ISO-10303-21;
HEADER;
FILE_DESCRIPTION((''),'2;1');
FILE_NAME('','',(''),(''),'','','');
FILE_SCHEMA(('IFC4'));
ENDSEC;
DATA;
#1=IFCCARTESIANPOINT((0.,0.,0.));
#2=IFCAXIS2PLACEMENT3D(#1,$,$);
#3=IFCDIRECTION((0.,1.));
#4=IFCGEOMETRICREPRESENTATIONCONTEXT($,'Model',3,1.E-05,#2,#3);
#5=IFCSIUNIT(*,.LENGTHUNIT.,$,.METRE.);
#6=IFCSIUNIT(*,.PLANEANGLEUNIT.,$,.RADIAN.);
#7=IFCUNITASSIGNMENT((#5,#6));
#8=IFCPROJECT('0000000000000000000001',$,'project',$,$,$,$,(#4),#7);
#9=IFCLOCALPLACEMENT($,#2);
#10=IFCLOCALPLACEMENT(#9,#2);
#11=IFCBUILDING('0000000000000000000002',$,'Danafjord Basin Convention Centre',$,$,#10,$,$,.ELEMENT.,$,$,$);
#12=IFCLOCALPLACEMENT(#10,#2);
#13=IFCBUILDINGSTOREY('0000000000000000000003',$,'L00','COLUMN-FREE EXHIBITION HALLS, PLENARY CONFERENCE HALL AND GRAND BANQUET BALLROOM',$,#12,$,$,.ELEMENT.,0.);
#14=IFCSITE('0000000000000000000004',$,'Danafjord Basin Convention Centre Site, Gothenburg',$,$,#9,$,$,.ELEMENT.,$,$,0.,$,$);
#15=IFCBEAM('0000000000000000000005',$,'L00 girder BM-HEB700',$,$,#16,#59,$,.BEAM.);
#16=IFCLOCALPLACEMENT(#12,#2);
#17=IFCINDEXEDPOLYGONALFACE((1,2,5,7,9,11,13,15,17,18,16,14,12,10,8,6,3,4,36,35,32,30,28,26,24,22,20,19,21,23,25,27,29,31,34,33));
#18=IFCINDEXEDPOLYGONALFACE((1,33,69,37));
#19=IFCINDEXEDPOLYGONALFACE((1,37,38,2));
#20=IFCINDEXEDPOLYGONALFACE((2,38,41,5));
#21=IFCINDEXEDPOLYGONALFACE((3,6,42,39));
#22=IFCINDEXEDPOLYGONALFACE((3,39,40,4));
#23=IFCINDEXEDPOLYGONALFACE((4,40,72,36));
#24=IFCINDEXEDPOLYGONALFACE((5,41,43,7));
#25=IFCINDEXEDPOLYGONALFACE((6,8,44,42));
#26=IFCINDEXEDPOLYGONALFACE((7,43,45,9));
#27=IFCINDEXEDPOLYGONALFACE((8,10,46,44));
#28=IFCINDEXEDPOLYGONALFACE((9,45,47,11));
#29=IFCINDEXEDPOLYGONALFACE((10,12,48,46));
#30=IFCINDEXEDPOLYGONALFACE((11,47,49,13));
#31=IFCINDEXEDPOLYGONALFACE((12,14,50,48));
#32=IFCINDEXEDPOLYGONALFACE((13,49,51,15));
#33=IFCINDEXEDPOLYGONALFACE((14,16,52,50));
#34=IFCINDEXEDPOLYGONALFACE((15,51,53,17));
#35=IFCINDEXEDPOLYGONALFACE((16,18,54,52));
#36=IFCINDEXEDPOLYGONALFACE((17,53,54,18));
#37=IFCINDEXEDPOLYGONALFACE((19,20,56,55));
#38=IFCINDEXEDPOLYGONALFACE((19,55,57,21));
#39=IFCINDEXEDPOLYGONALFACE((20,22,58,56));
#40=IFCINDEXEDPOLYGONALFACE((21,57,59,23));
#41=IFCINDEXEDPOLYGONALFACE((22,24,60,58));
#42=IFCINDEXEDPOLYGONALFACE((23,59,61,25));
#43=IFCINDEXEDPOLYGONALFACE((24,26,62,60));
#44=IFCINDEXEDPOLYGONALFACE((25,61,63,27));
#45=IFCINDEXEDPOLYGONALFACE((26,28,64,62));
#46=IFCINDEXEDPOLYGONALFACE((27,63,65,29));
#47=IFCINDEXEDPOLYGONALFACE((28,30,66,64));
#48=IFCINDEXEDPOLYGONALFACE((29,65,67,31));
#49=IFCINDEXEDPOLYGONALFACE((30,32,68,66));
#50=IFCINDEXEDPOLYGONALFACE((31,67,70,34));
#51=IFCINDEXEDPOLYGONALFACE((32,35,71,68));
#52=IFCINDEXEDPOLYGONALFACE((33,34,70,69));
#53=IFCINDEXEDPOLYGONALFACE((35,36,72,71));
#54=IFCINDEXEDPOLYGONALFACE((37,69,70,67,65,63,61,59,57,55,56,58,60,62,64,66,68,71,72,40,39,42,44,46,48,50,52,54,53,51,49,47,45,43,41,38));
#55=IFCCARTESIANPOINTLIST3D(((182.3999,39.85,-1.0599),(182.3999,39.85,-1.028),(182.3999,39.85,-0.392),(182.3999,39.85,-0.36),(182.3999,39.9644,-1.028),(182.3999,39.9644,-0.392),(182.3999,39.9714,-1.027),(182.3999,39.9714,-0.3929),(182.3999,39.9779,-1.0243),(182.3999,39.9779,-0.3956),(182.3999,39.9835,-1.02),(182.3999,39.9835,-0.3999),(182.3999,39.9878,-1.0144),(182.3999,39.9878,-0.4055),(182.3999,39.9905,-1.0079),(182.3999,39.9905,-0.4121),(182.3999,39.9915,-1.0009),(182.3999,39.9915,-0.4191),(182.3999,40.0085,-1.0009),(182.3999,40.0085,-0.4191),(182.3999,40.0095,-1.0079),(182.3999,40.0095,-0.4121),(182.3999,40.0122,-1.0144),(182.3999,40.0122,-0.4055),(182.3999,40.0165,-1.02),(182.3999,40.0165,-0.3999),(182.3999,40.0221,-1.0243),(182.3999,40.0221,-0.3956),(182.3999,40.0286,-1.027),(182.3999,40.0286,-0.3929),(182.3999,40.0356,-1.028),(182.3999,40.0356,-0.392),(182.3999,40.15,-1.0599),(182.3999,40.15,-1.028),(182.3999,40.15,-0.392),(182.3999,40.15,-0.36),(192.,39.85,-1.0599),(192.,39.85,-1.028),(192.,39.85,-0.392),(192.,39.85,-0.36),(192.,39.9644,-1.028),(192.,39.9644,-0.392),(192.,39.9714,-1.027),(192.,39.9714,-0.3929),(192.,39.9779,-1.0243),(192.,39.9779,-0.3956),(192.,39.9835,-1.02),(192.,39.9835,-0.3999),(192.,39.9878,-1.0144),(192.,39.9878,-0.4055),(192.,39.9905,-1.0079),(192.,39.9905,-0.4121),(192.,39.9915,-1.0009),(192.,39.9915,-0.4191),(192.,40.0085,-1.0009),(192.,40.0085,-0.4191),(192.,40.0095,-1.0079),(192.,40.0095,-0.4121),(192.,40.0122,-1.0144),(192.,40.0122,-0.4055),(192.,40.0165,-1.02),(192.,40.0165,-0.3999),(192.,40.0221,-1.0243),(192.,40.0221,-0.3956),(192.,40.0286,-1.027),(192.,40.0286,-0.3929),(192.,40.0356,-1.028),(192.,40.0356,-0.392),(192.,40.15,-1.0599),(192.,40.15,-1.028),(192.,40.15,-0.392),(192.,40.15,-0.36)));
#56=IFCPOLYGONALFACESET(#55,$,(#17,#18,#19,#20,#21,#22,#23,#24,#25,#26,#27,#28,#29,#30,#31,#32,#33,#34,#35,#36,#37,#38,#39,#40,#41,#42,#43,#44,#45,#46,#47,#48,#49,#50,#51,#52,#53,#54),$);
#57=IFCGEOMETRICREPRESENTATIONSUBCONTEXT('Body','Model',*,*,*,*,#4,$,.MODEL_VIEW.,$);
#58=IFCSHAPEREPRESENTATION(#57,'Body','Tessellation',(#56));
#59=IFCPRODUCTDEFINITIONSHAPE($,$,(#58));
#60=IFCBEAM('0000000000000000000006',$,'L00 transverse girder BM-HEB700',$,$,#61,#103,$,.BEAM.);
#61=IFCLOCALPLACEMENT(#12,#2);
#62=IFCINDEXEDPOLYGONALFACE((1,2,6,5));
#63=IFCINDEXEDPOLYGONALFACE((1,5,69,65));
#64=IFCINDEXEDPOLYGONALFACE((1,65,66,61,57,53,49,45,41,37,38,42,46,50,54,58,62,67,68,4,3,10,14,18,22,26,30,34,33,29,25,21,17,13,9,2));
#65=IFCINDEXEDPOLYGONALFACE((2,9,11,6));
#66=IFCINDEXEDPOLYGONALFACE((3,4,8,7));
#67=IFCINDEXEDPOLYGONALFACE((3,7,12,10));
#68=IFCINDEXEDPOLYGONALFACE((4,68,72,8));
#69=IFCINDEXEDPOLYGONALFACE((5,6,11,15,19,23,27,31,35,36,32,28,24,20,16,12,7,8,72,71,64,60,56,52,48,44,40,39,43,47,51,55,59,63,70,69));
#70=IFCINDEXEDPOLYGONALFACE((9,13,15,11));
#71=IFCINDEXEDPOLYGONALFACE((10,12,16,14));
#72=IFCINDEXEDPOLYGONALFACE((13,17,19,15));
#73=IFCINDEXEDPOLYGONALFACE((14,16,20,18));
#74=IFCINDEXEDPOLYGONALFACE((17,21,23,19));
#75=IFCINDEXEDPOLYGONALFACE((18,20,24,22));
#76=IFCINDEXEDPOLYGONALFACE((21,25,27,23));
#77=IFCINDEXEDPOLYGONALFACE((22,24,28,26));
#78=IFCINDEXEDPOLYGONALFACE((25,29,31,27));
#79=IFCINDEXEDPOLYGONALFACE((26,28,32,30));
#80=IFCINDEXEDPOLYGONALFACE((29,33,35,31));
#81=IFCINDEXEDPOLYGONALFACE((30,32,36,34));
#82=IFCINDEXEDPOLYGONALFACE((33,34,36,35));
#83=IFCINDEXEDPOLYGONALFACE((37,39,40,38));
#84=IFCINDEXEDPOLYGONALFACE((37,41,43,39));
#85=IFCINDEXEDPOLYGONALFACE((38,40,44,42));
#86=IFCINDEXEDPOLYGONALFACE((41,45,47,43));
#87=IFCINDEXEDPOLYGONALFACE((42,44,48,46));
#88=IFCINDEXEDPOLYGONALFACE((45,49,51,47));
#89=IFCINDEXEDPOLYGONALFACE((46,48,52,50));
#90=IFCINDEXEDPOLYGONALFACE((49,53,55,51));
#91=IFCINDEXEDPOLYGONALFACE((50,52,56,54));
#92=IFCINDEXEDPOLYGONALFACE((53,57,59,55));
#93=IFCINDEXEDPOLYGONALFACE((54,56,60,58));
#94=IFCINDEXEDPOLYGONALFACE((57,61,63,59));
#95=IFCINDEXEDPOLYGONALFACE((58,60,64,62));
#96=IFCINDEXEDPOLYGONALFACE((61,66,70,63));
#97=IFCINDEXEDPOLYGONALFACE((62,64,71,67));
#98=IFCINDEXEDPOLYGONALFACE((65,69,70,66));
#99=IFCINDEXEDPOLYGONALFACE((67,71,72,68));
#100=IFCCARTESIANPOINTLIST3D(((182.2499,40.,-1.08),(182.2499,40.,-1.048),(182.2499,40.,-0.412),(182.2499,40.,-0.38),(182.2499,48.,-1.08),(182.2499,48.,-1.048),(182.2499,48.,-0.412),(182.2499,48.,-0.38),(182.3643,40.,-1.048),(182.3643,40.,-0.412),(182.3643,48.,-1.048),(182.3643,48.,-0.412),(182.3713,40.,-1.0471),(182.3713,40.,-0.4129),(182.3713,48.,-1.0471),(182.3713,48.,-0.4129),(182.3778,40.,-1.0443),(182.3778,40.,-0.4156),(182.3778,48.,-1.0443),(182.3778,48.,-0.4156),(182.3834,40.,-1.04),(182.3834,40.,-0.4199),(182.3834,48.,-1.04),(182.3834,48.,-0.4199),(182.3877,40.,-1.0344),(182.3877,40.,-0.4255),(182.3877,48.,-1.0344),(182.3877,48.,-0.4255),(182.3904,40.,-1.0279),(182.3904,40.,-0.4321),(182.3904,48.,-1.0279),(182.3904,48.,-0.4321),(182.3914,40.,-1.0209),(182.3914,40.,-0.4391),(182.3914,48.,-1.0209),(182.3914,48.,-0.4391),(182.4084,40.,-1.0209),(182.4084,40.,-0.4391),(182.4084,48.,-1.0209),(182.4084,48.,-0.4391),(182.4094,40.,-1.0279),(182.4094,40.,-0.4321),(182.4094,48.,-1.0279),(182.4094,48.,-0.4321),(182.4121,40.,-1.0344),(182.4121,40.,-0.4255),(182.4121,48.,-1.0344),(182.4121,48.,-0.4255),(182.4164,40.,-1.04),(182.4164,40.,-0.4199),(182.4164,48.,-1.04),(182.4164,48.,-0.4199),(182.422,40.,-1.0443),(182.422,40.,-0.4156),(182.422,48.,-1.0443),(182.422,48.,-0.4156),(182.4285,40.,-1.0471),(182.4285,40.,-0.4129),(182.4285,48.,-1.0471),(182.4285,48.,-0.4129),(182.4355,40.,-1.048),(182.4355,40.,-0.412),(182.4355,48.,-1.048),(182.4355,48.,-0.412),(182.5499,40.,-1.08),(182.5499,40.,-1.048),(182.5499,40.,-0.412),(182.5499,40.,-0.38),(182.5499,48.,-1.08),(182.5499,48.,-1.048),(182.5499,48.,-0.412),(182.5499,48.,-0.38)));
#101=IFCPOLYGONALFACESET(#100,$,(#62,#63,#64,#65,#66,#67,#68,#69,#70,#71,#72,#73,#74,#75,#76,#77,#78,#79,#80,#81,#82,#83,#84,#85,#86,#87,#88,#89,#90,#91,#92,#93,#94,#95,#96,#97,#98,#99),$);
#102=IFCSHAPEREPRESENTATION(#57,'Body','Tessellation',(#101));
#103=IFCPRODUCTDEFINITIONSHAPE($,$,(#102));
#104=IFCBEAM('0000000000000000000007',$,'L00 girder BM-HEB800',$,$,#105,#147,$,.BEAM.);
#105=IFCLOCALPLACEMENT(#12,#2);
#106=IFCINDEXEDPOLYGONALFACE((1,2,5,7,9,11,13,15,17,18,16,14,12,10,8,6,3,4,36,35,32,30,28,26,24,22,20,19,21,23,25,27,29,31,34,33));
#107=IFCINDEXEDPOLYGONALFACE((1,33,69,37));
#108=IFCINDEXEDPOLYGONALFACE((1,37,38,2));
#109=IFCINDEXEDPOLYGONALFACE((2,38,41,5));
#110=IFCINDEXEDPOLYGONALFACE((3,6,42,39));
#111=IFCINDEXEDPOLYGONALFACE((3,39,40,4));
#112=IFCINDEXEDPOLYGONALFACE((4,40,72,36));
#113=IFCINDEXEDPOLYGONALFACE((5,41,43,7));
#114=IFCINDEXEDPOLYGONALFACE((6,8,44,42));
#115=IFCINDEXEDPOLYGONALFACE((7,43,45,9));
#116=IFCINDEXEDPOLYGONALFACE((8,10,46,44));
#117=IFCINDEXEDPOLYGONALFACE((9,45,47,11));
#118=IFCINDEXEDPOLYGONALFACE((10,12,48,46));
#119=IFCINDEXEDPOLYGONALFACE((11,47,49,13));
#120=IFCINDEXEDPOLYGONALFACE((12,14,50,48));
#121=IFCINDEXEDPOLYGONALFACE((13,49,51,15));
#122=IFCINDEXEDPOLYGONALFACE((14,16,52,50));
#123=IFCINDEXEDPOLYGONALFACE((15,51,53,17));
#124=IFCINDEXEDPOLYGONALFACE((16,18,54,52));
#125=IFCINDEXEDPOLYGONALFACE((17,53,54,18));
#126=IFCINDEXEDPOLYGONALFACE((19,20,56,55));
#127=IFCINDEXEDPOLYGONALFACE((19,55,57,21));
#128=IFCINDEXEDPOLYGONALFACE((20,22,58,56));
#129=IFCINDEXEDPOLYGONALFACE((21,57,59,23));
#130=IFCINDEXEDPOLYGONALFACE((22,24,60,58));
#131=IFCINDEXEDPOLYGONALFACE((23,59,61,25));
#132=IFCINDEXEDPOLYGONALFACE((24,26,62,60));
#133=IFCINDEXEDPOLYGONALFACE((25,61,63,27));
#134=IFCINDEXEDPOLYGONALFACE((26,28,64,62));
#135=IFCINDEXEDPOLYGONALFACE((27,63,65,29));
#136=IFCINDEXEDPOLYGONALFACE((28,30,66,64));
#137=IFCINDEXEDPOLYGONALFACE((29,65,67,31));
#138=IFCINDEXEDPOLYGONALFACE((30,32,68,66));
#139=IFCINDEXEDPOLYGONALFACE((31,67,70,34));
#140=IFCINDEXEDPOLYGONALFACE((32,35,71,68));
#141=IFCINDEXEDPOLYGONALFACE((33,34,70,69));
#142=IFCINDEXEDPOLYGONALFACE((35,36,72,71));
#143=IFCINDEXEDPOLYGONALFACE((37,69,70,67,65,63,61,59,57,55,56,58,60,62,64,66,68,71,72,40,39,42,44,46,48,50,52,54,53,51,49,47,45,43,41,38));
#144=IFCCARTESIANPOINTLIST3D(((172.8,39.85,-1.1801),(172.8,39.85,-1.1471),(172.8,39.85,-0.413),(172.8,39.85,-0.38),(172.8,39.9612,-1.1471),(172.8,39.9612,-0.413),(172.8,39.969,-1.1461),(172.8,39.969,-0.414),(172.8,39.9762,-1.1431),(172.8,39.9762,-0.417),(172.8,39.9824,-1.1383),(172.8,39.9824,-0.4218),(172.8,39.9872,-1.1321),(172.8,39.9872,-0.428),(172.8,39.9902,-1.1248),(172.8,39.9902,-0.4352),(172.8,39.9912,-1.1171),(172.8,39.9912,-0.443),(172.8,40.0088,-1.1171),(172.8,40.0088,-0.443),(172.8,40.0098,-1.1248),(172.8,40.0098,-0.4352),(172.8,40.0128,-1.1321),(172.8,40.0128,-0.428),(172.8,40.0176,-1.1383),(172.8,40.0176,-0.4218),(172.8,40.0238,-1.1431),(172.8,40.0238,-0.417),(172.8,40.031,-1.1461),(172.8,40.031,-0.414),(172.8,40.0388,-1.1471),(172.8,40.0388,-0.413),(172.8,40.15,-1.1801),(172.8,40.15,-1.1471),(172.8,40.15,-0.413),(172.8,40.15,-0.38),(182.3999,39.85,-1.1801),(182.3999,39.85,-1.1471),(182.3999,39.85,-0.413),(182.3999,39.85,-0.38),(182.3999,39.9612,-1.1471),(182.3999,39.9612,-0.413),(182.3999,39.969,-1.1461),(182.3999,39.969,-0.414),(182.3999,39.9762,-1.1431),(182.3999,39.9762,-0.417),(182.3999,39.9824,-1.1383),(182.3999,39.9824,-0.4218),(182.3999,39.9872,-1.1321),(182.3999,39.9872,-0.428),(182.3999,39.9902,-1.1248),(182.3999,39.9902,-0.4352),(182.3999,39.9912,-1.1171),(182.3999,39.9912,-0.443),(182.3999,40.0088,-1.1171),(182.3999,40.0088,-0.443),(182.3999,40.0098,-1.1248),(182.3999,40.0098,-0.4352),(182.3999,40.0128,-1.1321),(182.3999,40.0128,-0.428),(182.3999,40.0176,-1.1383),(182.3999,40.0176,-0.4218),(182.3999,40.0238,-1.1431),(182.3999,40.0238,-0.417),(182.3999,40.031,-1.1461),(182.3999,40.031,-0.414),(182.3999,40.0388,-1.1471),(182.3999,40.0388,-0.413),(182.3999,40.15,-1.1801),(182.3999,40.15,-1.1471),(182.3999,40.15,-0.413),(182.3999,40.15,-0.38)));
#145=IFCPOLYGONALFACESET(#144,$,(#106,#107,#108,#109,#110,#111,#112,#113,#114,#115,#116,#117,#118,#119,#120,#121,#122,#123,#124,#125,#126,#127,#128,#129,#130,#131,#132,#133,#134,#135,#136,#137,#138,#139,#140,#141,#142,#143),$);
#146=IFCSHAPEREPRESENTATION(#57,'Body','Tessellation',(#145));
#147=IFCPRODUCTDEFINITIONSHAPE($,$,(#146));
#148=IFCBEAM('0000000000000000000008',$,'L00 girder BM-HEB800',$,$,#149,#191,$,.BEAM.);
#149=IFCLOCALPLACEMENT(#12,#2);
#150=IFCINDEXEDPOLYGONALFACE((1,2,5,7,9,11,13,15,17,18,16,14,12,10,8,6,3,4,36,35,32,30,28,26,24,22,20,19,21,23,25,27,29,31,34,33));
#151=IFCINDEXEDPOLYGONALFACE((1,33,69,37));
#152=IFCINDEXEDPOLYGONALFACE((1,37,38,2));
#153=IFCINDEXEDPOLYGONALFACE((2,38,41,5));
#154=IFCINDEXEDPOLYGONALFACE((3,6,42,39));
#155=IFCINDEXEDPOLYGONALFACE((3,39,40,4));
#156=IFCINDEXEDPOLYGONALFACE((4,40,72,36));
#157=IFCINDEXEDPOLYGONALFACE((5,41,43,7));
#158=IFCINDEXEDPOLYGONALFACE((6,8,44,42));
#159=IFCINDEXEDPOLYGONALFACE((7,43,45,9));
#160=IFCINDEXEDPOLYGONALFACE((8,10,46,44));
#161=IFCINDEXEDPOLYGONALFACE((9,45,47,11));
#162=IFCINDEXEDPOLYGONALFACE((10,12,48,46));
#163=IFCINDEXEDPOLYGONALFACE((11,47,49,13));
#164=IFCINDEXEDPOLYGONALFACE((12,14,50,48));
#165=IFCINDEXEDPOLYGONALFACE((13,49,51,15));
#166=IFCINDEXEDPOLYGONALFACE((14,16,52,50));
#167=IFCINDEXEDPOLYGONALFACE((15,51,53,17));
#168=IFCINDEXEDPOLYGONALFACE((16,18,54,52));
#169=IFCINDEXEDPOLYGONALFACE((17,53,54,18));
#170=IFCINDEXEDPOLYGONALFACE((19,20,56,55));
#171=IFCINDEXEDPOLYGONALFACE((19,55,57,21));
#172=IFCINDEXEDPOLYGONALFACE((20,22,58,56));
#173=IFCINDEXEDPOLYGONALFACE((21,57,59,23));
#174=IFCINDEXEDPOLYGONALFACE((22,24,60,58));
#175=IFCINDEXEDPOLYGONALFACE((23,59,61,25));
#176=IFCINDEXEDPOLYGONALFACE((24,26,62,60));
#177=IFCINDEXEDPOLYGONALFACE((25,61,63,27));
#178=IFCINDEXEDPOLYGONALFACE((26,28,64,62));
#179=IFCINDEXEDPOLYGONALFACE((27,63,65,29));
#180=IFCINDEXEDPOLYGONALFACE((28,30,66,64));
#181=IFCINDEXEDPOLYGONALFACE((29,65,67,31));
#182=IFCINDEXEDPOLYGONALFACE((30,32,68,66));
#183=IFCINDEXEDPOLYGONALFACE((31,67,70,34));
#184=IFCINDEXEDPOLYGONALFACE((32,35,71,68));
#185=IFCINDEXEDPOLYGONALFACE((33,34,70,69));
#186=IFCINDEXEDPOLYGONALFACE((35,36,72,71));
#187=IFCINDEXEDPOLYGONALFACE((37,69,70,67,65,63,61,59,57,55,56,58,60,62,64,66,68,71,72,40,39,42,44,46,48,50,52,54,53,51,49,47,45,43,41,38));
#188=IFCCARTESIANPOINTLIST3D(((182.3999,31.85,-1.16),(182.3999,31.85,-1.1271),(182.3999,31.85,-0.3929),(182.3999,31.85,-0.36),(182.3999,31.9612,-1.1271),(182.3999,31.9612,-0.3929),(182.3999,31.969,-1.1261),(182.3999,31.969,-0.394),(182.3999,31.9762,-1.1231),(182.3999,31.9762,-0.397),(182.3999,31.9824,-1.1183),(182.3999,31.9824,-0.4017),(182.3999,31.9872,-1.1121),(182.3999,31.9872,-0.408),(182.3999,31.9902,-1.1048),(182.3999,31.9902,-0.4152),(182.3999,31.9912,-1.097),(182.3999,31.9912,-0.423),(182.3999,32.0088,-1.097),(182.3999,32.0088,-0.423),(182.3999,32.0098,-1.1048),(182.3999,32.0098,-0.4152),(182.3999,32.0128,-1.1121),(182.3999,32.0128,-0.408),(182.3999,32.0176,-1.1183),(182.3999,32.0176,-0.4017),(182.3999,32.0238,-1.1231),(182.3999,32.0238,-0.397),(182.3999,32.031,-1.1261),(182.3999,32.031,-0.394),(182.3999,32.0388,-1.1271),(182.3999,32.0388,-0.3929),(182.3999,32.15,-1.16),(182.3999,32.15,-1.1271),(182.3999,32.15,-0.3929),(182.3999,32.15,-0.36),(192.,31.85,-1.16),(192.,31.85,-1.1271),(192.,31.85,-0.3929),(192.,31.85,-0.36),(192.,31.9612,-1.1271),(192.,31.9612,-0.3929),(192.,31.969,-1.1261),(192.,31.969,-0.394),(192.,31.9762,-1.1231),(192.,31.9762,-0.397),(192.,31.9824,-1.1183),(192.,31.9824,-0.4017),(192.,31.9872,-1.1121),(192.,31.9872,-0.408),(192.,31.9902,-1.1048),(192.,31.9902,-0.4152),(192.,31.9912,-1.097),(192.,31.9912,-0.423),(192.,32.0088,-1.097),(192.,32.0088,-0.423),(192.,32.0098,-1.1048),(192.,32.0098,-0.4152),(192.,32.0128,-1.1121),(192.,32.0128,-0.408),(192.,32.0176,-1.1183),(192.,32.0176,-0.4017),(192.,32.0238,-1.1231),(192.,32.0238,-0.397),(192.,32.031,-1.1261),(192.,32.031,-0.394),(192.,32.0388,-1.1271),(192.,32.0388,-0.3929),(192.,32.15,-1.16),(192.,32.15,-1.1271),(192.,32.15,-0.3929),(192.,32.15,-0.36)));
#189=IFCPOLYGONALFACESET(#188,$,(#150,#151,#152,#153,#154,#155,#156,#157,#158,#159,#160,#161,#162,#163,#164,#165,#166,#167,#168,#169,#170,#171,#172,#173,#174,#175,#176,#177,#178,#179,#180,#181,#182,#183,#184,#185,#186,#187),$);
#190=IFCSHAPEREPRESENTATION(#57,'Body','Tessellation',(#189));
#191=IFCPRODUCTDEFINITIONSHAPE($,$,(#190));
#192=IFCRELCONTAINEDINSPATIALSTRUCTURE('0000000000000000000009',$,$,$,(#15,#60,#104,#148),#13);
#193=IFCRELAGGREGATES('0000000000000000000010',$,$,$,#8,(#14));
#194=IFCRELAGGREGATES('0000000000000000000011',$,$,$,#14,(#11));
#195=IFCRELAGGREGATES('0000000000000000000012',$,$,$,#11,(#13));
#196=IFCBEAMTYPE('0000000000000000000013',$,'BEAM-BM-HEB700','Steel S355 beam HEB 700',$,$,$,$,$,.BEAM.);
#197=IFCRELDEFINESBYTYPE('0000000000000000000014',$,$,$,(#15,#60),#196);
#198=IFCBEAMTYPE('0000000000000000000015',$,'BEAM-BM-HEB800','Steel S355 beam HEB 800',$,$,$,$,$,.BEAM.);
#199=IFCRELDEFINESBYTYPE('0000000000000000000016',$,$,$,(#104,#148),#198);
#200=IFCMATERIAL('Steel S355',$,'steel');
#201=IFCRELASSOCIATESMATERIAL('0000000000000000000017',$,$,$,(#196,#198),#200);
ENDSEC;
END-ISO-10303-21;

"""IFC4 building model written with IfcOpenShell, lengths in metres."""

from ifc_helpers import new_model, si_unit, direction, frame, origin, origin_2d, place, context, subcontext, project, spatial, i_section, extrude, material, material_profile, profile_set, type_object, element, save


model = new_model("IFC4")

# Units and contexts
model_context = context("Model", 3, precision=1e-05, world=origin(), true_north=direction((0.0, 1.0)))
body_context = subcontext(model_context, "Body", "Model", "MODEL_VIEW")
ifc_project = project(units=[si_unit("LENGTHUNIT", "METRE"), si_unit("PLANEANGLEUNIT", "RADIAN")], contexts=[model_context])

# Site, building, storey
site_placement = place(None, origin())
site = spatial("IfcSite", under=ifc_project, at=site_placement, Name="Danafjord Basin Convention Centre Site, Gothenburg", CompositionType="ELEMENT", RefElevation=0.0)
building_placement = place(site_placement, origin())
building = spatial("IfcBuilding", under=site, at=building_placement, Name="Danafjord Basin Convention Centre", CompositionType="ELEMENT")
storey_placement = place(building_placement, origin())
storey = spatial("IfcBuildingStorey", under=building, at=storey_placement, Name="L00", Description="COLUMN-FREE EXHIBITION HALLS, PLENARY CONFERENCE HALL AND GRAND BANQUET BALLROOM", CompositionType="ELEMENT", Elevation=0.0)

# Shared definitions
ifc_material_1 = material(Name="Steel S355", Category="steel")

# Beams
ifc_material_profile_1 = material_profile(ifc_material_1, i_section(OverallWidth=0.3, OverallDepth=0.7, WebThickness=0.0171, FlangeThickness=0.032, FilletRadius=0.0271, at=origin_2d()), Name="HEB 700")
ifc_profile_set_1 = profile_set([ifc_material_profile_1], Name="Steel S355")
beam_type_1 = type_object("IfcBeamType", Name="BEAM-BM-HEB700", Description="Steel S355 beam HEB 700", PredefinedType="BEAM", material=ifc_profile_set_1)
beam_1_placement = place(storey_placement, frame((182.3999, 40.0, -0.71), z_axis=(1.0, 0.0, 0.0), x_axis=(0.0, 1.0, 0.0)))
element("IfcBeam", 1, at=beam_1_placement, inside=storey, type_object=beam_type_1, Name="L00 girder BM-HEB700", PredefinedType="BEAM", context=body_context, shape_type="SweptSolid", body=[
    extrude(i_section(OverallWidth=0.3, OverallDepth=0.7, WebThickness=0.0171, FlangeThickness=0.032, FilletRadius=0.0271, at=origin_2d()), origin(), (0.0, 0.0, 1.0), 9.6001),
])
beam_2_placement = place(storey_placement, frame((182.3999, 40.0, -0.73), z_axis=(0.0, 1.0, 0.0), x_axis=(-1.0, 0.0, 0.0)))
element("IfcBeam", 2, at=beam_2_placement, inside=storey, type_object=beam_type_1, Name="L00 transverse girder BM-HEB700", PredefinedType="BEAM", context=body_context, shape_type="SweptSolid", body=[
    extrude(i_section(OverallWidth=0.3, OverallDepth=0.7, WebThickness=0.0171, FlangeThickness=0.032, FilletRadius=0.0271, at=origin_2d()), origin(), (0.0, 0.0, 1.0), 8.0),
])
ifc_material_profile_2 = material_profile(ifc_material_1, i_section(OverallWidth=0.3, OverallDepth=0.8, WebThickness=0.0176, FlangeThickness=0.033, FilletRadius=0.03, at=origin_2d()), Name="HEB 800")
ifc_profile_set_2 = profile_set([ifc_material_profile_2], Name="Steel S355")
beam_type_2 = type_object("IfcBeamType", Name="BEAM-BM-HEB800", Description="Steel S355 beam HEB 800", PredefinedType="BEAM", material=ifc_profile_set_2)
beam_3_placement = place(storey_placement, frame((172.8, 40.0, -0.78), z_axis=(1.0, 0.0, 0.0), x_axis=(0.0, 1.0, 0.0)))
element("IfcBeam", 3, at=beam_3_placement, inside=storey, type_object=beam_type_2, Name="L00 girder BM-HEB800", PredefinedType="BEAM", context=body_context, shape_type="SweptSolid", body=[
    extrude(i_section(OverallWidth=0.3, OverallDepth=0.8, WebThickness=0.0176, FlangeThickness=0.033, FilletRadius=0.03, at=origin_2d()), origin(), (0.0, 0.0, 1.0), 9.5999),
])
beam_4_placement = place(storey_placement, frame((182.3999, 32.0, -0.76), z_axis=(1.0, 0.0, 0.0), x_axis=(0.0, 1.0, 0.0)))
element("IfcBeam", 4, at=beam_4_placement, inside=storey, type_object=beam_type_2, Name="L00 girder BM-HEB800", PredefinedType="BEAM", context=body_context, shape_type="SweptSolid", body=[
    extrude(i_section(OverallWidth=0.3, OverallDepth=0.8, WebThickness=0.0176, FlangeThickness=0.033, FilletRadius=0.03, at=origin_2d()), origin(), (0.0, 0.0, 1.0), 9.6001),
])

save(model, "model.ifc")
